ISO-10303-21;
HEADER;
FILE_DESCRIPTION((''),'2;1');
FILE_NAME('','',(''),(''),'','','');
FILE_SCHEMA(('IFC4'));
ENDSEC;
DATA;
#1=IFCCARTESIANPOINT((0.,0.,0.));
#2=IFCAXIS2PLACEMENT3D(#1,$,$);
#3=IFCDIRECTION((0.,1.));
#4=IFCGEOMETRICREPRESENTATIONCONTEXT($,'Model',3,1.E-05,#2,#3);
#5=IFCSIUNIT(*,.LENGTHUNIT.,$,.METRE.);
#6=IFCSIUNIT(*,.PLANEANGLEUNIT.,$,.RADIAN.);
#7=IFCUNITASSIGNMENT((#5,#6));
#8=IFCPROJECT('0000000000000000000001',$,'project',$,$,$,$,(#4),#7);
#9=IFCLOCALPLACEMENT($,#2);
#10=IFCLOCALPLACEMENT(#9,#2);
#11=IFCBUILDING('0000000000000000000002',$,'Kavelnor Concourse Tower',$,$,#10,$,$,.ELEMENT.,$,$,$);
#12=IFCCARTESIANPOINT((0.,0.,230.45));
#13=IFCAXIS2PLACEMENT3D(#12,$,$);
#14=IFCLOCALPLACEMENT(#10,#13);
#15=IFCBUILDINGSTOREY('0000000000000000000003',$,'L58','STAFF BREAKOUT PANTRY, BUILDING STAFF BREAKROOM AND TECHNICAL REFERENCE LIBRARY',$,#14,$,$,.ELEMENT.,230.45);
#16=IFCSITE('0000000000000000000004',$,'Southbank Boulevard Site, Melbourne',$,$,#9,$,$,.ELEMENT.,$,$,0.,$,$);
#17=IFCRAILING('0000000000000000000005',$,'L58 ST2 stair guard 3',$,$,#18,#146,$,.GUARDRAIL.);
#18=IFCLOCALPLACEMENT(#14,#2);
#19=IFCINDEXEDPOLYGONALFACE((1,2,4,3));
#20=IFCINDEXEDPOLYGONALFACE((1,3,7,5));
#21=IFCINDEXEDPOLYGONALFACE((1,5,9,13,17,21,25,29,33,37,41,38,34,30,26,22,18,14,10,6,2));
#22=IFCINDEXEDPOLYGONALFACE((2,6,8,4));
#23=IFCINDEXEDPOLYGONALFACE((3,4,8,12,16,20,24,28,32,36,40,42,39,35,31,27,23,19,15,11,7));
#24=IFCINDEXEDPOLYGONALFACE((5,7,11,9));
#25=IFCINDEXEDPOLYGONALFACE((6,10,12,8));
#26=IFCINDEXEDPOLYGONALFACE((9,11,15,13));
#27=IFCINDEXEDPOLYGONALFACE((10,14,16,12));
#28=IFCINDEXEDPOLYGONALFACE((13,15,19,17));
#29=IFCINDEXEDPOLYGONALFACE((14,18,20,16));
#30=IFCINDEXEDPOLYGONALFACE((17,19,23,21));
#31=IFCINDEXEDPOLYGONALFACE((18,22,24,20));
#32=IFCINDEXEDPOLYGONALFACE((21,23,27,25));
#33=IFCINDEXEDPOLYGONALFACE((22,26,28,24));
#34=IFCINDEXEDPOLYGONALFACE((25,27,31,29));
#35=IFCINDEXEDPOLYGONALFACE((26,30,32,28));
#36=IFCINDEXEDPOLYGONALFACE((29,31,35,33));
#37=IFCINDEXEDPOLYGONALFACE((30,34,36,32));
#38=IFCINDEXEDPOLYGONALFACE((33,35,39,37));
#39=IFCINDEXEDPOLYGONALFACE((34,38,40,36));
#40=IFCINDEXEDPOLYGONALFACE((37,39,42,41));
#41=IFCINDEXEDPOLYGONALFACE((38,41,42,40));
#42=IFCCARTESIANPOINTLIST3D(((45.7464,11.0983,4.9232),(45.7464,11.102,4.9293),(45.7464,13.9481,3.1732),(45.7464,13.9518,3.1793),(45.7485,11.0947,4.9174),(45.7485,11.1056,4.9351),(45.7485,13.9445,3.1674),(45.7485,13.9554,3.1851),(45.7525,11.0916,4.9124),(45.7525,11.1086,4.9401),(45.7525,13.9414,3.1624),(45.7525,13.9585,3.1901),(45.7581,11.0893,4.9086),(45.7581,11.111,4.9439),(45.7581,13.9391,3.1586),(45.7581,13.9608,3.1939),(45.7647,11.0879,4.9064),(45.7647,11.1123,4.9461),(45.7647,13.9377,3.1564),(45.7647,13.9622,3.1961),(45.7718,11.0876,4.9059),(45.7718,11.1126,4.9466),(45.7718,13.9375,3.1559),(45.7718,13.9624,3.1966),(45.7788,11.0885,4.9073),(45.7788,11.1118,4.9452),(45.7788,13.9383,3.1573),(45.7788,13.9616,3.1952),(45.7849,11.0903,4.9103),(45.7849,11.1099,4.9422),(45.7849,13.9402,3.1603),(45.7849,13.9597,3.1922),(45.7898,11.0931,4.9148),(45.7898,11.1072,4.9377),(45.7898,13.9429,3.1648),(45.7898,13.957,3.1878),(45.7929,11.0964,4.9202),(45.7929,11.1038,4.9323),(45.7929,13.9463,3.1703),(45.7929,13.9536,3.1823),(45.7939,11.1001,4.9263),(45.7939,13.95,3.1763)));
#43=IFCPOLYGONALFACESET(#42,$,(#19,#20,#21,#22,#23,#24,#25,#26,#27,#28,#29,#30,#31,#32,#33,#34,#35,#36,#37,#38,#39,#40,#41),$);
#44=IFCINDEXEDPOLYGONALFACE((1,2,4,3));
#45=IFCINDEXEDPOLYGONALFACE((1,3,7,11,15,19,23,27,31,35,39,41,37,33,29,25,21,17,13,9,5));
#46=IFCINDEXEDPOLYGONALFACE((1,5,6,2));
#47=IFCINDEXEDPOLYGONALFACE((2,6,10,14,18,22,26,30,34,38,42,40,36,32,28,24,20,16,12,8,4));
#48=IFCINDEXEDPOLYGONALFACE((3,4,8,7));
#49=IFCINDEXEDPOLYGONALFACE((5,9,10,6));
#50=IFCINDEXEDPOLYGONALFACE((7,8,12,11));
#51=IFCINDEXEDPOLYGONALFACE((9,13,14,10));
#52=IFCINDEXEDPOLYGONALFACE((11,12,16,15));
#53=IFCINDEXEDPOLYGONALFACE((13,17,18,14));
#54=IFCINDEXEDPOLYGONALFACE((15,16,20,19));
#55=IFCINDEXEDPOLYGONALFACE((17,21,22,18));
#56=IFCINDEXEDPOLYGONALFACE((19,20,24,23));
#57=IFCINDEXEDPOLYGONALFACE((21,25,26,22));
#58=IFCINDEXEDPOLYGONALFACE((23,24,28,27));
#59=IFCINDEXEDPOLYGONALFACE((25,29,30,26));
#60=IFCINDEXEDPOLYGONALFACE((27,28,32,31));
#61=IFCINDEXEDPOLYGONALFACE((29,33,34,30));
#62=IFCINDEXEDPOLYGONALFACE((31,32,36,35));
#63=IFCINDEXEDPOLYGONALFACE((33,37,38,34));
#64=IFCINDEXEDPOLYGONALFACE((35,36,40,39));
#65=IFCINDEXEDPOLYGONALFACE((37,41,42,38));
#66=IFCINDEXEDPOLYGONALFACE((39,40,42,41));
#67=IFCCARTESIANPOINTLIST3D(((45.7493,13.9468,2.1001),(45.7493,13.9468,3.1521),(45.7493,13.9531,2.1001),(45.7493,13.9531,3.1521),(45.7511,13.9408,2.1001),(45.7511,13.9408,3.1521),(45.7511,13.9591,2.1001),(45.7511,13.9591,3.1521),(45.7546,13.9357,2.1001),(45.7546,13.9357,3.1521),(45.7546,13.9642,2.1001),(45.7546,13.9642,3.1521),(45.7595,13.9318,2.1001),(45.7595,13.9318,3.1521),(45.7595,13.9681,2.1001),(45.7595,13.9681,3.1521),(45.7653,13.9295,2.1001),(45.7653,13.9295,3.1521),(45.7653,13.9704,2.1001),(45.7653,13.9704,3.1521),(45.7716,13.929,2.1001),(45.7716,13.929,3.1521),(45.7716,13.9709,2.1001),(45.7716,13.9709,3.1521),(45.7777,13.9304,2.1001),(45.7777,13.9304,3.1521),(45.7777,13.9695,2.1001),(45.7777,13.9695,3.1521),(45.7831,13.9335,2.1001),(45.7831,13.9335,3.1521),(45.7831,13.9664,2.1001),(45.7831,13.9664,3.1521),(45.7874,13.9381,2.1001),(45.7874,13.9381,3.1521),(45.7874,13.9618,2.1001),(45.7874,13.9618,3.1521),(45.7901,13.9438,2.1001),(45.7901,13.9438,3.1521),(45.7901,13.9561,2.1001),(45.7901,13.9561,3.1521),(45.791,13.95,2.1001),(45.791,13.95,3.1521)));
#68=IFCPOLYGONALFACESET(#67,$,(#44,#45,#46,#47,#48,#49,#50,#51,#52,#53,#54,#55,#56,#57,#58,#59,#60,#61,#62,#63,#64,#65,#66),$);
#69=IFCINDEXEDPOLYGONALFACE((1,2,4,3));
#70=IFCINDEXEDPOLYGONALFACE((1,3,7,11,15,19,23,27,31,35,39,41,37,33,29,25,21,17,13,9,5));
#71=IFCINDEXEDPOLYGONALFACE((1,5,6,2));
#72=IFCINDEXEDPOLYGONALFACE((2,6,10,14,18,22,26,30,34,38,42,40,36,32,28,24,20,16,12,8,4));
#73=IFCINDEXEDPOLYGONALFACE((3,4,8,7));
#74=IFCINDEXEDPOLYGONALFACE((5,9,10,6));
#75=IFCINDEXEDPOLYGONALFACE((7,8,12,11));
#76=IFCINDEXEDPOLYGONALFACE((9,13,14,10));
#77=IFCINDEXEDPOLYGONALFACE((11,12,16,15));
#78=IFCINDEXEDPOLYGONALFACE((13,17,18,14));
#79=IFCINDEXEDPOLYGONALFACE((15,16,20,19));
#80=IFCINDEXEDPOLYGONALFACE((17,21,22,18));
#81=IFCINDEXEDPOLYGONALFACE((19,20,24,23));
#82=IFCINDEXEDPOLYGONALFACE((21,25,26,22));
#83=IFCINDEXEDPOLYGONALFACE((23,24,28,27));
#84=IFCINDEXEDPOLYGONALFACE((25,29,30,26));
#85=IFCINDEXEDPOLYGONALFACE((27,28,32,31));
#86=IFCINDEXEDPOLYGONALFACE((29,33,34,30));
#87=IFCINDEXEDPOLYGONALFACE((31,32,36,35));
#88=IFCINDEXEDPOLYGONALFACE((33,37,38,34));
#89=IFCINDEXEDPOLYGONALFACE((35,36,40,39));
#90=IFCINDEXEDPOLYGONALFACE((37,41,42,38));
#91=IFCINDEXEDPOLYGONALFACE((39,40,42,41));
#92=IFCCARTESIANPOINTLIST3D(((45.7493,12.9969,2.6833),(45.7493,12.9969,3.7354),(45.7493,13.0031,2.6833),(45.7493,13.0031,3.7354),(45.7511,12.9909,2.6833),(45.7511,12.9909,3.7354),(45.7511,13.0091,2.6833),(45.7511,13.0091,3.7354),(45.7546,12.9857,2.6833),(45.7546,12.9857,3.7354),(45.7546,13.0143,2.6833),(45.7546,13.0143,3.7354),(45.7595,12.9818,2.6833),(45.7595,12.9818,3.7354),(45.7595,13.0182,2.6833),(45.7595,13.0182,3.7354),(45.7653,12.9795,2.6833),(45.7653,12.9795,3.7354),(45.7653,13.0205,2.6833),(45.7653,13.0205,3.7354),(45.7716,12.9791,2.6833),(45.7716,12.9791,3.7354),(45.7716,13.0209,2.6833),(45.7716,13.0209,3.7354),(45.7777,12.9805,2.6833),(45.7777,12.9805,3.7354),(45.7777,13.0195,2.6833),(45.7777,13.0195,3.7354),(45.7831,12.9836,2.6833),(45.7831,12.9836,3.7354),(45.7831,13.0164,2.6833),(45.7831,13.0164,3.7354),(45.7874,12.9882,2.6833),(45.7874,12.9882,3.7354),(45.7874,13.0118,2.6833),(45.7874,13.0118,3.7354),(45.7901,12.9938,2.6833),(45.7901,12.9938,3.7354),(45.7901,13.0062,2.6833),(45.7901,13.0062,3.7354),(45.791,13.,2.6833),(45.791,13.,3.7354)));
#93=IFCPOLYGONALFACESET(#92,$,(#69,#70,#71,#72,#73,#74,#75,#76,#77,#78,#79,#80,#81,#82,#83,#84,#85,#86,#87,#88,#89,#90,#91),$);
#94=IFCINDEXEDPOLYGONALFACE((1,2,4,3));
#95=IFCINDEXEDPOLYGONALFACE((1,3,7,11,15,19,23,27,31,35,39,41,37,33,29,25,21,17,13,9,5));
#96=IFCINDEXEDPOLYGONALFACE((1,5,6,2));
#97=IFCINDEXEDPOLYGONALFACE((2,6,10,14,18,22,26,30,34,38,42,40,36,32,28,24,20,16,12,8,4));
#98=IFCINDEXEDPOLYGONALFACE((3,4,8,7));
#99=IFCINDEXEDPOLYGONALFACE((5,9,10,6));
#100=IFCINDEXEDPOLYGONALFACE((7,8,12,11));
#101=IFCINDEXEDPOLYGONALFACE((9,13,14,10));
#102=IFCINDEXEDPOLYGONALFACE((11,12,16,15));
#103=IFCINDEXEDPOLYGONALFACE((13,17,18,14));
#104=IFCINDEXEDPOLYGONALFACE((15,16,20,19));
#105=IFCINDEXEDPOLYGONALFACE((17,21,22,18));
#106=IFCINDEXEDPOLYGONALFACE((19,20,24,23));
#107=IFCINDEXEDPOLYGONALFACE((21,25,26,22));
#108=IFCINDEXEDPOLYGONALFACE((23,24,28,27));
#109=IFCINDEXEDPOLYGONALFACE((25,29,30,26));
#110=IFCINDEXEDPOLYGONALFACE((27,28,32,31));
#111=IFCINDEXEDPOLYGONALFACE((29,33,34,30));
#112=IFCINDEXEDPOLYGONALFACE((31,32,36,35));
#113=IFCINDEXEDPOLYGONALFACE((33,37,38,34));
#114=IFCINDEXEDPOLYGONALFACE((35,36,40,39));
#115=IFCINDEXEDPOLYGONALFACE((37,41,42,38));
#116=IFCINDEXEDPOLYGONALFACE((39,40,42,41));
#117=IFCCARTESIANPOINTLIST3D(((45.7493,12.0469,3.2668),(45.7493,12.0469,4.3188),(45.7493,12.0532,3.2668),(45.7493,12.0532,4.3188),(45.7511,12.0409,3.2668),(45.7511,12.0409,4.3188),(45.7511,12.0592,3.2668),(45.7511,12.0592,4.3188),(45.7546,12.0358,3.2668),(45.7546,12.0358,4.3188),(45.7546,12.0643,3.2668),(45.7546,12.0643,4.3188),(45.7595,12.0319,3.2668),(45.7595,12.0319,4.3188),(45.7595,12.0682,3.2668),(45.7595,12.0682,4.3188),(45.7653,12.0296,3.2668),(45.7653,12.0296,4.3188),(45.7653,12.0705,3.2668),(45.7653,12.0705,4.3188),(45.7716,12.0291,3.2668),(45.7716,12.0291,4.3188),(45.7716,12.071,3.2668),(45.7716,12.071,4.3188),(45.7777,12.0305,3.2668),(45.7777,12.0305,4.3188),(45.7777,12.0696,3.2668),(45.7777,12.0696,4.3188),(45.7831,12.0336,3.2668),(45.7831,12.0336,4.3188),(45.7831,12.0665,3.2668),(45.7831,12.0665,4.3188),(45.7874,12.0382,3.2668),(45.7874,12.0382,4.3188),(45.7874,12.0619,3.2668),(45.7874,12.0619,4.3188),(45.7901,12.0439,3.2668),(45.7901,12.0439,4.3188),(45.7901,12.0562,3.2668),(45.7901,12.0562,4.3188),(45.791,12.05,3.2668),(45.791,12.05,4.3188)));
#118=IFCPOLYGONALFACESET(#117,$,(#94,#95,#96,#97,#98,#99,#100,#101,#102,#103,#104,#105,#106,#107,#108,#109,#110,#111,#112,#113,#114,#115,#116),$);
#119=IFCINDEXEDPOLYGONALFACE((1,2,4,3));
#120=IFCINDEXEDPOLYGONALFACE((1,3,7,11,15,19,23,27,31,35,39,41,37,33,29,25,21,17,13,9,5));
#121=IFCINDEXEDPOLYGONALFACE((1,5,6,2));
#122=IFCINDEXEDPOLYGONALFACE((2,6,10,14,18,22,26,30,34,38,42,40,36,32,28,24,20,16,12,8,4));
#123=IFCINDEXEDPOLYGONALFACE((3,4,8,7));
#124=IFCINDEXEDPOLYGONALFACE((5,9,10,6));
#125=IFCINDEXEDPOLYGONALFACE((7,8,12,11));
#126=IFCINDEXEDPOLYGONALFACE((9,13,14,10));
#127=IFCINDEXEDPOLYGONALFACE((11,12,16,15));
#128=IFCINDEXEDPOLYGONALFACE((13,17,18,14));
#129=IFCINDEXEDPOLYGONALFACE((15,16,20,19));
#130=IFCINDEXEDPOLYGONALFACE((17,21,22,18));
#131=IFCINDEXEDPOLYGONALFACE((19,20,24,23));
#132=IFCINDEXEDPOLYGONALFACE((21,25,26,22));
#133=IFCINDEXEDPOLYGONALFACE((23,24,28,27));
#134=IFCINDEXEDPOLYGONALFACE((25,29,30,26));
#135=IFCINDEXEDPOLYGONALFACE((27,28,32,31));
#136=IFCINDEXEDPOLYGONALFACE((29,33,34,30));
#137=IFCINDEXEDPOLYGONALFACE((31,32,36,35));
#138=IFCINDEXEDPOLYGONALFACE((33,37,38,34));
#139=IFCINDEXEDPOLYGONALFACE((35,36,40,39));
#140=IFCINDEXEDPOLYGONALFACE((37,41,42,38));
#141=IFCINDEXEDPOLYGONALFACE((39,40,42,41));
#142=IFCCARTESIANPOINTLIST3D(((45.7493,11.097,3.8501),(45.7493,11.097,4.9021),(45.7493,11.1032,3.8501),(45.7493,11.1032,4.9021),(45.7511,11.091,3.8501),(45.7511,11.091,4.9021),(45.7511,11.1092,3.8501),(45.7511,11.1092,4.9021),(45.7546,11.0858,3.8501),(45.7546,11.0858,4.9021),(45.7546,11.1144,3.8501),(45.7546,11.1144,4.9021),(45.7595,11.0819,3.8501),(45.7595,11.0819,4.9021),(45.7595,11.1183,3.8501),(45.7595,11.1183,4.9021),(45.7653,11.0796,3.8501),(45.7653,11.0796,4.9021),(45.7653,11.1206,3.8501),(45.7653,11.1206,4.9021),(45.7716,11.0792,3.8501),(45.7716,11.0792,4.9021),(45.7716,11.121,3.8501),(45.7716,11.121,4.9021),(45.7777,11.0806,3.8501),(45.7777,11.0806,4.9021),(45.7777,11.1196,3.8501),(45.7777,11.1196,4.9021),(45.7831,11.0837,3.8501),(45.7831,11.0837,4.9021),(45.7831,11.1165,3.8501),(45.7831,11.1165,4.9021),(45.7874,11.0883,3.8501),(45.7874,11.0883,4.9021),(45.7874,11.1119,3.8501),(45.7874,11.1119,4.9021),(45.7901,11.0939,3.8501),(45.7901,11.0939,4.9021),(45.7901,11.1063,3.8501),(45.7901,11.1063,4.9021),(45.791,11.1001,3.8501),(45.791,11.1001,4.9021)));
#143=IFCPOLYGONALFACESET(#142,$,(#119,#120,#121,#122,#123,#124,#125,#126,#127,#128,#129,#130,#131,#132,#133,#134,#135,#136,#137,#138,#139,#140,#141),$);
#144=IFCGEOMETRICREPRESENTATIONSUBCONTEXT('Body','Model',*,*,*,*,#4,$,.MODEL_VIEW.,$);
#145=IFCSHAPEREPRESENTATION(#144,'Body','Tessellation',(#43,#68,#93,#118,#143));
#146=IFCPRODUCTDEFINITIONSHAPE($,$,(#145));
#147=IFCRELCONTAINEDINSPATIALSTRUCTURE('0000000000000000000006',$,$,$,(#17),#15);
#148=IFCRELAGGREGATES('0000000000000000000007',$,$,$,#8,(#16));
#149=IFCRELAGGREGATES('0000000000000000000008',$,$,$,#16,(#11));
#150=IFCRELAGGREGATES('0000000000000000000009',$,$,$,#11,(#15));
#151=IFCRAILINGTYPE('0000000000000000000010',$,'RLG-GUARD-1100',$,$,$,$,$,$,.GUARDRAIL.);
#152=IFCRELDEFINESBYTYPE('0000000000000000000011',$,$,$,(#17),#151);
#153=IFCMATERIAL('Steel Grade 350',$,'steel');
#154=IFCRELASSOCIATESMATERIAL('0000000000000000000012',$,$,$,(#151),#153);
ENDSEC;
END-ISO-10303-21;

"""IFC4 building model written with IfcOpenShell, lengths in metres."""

from ifc_helpers import new_model, si_unit, direction, frame, origin, origin_2d, place, context, subcontext, project, spatial, circle, extrude, material, type_object, element, save


model = new_model("IFC4")

# Units and contexts
model_context = context("Model", 3, precision=1e-05, world=origin(), true_north=direction((0.0, 1.0)))
body_context = subcontext(model_context, "Body", "Model", "MODEL_VIEW")
ifc_project = project(units=[si_unit("LENGTHUNIT", "METRE"), si_unit("PLANEANGLEUNIT", "RADIAN")], contexts=[model_context])

# Site, building, storey
site_placement = place(None, origin())
site = spatial("IfcSite", under=ifc_project, at=site_placement, Name="Southbank Boulevard Site, Melbourne", CompositionType="ELEMENT", RefElevation=0.0)
building_placement = place(site_placement, origin())
building = spatial("IfcBuilding", under=site, at=building_placement, Name="Kavelnor Concourse Tower", CompositionType="ELEMENT")
storey_placement = place(building_placement, frame((0.0, 0.0, 230.45)))
storey = spatial("IfcBuildingStorey", under=building, at=storey_placement, Name="L58", Description="STAFF BREAKOUT PANTRY, BUILDING STAFF BREAKROOM AND TECHNICAL REFERENCE LIBRARY", CompositionType="ELEMENT", Elevation=230.45)

# Shared definitions
ifc_material_1 = material(Name="Steel Grade 350", Category="steel")

# Railing
railing_type_1 = type_object("IfcRailingType", Name="RLG-GUARD-1100", PredefinedType="GUARDRAIL", material=ifc_material_1)
railing_1_placement = place(storey_placement, frame((45.77, 13.95, 2.1001)))
element("IfcRailing", 1, at=railing_1_placement, inside=storey, type_object=railing_type_1, Name="L58 ST2 stair guard 3", PredefinedType="GUARDRAIL", context=body_context, shape_type="SweptSolid", body=[
    extrude(circle(Radius=0.0239, at=origin_2d()), frame((0.0, 0.0, 1.0762), z_axis=(0.0, -0.852159, 0.523283), x_axis=(1.0, 0.0, 0.0)), (0.0, 0.0, 1.0), 3.3442),
    extrude(circle(Radius=0.021, at=origin_2d()), origin(), (0.0, 0.0, 1.0), 1.052),
    extrude(circle(Radius=0.021, at=origin_2d()), frame((0.0, -0.95, 0.5833)), (0.0, 0.0, 1.0), 1.052),
    extrude(circle(Radius=0.021, at=origin_2d()), frame((0.0, -1.8999, 1.1667)), (0.0, 0.0, 1.0), 1.052),
    extrude(circle(Radius=0.021, at=origin_2d()), frame((0.0, -2.8499, 1.75)), (0.0, 0.0, 1.0), 1.052),
])

save(model, "model.ifc")
